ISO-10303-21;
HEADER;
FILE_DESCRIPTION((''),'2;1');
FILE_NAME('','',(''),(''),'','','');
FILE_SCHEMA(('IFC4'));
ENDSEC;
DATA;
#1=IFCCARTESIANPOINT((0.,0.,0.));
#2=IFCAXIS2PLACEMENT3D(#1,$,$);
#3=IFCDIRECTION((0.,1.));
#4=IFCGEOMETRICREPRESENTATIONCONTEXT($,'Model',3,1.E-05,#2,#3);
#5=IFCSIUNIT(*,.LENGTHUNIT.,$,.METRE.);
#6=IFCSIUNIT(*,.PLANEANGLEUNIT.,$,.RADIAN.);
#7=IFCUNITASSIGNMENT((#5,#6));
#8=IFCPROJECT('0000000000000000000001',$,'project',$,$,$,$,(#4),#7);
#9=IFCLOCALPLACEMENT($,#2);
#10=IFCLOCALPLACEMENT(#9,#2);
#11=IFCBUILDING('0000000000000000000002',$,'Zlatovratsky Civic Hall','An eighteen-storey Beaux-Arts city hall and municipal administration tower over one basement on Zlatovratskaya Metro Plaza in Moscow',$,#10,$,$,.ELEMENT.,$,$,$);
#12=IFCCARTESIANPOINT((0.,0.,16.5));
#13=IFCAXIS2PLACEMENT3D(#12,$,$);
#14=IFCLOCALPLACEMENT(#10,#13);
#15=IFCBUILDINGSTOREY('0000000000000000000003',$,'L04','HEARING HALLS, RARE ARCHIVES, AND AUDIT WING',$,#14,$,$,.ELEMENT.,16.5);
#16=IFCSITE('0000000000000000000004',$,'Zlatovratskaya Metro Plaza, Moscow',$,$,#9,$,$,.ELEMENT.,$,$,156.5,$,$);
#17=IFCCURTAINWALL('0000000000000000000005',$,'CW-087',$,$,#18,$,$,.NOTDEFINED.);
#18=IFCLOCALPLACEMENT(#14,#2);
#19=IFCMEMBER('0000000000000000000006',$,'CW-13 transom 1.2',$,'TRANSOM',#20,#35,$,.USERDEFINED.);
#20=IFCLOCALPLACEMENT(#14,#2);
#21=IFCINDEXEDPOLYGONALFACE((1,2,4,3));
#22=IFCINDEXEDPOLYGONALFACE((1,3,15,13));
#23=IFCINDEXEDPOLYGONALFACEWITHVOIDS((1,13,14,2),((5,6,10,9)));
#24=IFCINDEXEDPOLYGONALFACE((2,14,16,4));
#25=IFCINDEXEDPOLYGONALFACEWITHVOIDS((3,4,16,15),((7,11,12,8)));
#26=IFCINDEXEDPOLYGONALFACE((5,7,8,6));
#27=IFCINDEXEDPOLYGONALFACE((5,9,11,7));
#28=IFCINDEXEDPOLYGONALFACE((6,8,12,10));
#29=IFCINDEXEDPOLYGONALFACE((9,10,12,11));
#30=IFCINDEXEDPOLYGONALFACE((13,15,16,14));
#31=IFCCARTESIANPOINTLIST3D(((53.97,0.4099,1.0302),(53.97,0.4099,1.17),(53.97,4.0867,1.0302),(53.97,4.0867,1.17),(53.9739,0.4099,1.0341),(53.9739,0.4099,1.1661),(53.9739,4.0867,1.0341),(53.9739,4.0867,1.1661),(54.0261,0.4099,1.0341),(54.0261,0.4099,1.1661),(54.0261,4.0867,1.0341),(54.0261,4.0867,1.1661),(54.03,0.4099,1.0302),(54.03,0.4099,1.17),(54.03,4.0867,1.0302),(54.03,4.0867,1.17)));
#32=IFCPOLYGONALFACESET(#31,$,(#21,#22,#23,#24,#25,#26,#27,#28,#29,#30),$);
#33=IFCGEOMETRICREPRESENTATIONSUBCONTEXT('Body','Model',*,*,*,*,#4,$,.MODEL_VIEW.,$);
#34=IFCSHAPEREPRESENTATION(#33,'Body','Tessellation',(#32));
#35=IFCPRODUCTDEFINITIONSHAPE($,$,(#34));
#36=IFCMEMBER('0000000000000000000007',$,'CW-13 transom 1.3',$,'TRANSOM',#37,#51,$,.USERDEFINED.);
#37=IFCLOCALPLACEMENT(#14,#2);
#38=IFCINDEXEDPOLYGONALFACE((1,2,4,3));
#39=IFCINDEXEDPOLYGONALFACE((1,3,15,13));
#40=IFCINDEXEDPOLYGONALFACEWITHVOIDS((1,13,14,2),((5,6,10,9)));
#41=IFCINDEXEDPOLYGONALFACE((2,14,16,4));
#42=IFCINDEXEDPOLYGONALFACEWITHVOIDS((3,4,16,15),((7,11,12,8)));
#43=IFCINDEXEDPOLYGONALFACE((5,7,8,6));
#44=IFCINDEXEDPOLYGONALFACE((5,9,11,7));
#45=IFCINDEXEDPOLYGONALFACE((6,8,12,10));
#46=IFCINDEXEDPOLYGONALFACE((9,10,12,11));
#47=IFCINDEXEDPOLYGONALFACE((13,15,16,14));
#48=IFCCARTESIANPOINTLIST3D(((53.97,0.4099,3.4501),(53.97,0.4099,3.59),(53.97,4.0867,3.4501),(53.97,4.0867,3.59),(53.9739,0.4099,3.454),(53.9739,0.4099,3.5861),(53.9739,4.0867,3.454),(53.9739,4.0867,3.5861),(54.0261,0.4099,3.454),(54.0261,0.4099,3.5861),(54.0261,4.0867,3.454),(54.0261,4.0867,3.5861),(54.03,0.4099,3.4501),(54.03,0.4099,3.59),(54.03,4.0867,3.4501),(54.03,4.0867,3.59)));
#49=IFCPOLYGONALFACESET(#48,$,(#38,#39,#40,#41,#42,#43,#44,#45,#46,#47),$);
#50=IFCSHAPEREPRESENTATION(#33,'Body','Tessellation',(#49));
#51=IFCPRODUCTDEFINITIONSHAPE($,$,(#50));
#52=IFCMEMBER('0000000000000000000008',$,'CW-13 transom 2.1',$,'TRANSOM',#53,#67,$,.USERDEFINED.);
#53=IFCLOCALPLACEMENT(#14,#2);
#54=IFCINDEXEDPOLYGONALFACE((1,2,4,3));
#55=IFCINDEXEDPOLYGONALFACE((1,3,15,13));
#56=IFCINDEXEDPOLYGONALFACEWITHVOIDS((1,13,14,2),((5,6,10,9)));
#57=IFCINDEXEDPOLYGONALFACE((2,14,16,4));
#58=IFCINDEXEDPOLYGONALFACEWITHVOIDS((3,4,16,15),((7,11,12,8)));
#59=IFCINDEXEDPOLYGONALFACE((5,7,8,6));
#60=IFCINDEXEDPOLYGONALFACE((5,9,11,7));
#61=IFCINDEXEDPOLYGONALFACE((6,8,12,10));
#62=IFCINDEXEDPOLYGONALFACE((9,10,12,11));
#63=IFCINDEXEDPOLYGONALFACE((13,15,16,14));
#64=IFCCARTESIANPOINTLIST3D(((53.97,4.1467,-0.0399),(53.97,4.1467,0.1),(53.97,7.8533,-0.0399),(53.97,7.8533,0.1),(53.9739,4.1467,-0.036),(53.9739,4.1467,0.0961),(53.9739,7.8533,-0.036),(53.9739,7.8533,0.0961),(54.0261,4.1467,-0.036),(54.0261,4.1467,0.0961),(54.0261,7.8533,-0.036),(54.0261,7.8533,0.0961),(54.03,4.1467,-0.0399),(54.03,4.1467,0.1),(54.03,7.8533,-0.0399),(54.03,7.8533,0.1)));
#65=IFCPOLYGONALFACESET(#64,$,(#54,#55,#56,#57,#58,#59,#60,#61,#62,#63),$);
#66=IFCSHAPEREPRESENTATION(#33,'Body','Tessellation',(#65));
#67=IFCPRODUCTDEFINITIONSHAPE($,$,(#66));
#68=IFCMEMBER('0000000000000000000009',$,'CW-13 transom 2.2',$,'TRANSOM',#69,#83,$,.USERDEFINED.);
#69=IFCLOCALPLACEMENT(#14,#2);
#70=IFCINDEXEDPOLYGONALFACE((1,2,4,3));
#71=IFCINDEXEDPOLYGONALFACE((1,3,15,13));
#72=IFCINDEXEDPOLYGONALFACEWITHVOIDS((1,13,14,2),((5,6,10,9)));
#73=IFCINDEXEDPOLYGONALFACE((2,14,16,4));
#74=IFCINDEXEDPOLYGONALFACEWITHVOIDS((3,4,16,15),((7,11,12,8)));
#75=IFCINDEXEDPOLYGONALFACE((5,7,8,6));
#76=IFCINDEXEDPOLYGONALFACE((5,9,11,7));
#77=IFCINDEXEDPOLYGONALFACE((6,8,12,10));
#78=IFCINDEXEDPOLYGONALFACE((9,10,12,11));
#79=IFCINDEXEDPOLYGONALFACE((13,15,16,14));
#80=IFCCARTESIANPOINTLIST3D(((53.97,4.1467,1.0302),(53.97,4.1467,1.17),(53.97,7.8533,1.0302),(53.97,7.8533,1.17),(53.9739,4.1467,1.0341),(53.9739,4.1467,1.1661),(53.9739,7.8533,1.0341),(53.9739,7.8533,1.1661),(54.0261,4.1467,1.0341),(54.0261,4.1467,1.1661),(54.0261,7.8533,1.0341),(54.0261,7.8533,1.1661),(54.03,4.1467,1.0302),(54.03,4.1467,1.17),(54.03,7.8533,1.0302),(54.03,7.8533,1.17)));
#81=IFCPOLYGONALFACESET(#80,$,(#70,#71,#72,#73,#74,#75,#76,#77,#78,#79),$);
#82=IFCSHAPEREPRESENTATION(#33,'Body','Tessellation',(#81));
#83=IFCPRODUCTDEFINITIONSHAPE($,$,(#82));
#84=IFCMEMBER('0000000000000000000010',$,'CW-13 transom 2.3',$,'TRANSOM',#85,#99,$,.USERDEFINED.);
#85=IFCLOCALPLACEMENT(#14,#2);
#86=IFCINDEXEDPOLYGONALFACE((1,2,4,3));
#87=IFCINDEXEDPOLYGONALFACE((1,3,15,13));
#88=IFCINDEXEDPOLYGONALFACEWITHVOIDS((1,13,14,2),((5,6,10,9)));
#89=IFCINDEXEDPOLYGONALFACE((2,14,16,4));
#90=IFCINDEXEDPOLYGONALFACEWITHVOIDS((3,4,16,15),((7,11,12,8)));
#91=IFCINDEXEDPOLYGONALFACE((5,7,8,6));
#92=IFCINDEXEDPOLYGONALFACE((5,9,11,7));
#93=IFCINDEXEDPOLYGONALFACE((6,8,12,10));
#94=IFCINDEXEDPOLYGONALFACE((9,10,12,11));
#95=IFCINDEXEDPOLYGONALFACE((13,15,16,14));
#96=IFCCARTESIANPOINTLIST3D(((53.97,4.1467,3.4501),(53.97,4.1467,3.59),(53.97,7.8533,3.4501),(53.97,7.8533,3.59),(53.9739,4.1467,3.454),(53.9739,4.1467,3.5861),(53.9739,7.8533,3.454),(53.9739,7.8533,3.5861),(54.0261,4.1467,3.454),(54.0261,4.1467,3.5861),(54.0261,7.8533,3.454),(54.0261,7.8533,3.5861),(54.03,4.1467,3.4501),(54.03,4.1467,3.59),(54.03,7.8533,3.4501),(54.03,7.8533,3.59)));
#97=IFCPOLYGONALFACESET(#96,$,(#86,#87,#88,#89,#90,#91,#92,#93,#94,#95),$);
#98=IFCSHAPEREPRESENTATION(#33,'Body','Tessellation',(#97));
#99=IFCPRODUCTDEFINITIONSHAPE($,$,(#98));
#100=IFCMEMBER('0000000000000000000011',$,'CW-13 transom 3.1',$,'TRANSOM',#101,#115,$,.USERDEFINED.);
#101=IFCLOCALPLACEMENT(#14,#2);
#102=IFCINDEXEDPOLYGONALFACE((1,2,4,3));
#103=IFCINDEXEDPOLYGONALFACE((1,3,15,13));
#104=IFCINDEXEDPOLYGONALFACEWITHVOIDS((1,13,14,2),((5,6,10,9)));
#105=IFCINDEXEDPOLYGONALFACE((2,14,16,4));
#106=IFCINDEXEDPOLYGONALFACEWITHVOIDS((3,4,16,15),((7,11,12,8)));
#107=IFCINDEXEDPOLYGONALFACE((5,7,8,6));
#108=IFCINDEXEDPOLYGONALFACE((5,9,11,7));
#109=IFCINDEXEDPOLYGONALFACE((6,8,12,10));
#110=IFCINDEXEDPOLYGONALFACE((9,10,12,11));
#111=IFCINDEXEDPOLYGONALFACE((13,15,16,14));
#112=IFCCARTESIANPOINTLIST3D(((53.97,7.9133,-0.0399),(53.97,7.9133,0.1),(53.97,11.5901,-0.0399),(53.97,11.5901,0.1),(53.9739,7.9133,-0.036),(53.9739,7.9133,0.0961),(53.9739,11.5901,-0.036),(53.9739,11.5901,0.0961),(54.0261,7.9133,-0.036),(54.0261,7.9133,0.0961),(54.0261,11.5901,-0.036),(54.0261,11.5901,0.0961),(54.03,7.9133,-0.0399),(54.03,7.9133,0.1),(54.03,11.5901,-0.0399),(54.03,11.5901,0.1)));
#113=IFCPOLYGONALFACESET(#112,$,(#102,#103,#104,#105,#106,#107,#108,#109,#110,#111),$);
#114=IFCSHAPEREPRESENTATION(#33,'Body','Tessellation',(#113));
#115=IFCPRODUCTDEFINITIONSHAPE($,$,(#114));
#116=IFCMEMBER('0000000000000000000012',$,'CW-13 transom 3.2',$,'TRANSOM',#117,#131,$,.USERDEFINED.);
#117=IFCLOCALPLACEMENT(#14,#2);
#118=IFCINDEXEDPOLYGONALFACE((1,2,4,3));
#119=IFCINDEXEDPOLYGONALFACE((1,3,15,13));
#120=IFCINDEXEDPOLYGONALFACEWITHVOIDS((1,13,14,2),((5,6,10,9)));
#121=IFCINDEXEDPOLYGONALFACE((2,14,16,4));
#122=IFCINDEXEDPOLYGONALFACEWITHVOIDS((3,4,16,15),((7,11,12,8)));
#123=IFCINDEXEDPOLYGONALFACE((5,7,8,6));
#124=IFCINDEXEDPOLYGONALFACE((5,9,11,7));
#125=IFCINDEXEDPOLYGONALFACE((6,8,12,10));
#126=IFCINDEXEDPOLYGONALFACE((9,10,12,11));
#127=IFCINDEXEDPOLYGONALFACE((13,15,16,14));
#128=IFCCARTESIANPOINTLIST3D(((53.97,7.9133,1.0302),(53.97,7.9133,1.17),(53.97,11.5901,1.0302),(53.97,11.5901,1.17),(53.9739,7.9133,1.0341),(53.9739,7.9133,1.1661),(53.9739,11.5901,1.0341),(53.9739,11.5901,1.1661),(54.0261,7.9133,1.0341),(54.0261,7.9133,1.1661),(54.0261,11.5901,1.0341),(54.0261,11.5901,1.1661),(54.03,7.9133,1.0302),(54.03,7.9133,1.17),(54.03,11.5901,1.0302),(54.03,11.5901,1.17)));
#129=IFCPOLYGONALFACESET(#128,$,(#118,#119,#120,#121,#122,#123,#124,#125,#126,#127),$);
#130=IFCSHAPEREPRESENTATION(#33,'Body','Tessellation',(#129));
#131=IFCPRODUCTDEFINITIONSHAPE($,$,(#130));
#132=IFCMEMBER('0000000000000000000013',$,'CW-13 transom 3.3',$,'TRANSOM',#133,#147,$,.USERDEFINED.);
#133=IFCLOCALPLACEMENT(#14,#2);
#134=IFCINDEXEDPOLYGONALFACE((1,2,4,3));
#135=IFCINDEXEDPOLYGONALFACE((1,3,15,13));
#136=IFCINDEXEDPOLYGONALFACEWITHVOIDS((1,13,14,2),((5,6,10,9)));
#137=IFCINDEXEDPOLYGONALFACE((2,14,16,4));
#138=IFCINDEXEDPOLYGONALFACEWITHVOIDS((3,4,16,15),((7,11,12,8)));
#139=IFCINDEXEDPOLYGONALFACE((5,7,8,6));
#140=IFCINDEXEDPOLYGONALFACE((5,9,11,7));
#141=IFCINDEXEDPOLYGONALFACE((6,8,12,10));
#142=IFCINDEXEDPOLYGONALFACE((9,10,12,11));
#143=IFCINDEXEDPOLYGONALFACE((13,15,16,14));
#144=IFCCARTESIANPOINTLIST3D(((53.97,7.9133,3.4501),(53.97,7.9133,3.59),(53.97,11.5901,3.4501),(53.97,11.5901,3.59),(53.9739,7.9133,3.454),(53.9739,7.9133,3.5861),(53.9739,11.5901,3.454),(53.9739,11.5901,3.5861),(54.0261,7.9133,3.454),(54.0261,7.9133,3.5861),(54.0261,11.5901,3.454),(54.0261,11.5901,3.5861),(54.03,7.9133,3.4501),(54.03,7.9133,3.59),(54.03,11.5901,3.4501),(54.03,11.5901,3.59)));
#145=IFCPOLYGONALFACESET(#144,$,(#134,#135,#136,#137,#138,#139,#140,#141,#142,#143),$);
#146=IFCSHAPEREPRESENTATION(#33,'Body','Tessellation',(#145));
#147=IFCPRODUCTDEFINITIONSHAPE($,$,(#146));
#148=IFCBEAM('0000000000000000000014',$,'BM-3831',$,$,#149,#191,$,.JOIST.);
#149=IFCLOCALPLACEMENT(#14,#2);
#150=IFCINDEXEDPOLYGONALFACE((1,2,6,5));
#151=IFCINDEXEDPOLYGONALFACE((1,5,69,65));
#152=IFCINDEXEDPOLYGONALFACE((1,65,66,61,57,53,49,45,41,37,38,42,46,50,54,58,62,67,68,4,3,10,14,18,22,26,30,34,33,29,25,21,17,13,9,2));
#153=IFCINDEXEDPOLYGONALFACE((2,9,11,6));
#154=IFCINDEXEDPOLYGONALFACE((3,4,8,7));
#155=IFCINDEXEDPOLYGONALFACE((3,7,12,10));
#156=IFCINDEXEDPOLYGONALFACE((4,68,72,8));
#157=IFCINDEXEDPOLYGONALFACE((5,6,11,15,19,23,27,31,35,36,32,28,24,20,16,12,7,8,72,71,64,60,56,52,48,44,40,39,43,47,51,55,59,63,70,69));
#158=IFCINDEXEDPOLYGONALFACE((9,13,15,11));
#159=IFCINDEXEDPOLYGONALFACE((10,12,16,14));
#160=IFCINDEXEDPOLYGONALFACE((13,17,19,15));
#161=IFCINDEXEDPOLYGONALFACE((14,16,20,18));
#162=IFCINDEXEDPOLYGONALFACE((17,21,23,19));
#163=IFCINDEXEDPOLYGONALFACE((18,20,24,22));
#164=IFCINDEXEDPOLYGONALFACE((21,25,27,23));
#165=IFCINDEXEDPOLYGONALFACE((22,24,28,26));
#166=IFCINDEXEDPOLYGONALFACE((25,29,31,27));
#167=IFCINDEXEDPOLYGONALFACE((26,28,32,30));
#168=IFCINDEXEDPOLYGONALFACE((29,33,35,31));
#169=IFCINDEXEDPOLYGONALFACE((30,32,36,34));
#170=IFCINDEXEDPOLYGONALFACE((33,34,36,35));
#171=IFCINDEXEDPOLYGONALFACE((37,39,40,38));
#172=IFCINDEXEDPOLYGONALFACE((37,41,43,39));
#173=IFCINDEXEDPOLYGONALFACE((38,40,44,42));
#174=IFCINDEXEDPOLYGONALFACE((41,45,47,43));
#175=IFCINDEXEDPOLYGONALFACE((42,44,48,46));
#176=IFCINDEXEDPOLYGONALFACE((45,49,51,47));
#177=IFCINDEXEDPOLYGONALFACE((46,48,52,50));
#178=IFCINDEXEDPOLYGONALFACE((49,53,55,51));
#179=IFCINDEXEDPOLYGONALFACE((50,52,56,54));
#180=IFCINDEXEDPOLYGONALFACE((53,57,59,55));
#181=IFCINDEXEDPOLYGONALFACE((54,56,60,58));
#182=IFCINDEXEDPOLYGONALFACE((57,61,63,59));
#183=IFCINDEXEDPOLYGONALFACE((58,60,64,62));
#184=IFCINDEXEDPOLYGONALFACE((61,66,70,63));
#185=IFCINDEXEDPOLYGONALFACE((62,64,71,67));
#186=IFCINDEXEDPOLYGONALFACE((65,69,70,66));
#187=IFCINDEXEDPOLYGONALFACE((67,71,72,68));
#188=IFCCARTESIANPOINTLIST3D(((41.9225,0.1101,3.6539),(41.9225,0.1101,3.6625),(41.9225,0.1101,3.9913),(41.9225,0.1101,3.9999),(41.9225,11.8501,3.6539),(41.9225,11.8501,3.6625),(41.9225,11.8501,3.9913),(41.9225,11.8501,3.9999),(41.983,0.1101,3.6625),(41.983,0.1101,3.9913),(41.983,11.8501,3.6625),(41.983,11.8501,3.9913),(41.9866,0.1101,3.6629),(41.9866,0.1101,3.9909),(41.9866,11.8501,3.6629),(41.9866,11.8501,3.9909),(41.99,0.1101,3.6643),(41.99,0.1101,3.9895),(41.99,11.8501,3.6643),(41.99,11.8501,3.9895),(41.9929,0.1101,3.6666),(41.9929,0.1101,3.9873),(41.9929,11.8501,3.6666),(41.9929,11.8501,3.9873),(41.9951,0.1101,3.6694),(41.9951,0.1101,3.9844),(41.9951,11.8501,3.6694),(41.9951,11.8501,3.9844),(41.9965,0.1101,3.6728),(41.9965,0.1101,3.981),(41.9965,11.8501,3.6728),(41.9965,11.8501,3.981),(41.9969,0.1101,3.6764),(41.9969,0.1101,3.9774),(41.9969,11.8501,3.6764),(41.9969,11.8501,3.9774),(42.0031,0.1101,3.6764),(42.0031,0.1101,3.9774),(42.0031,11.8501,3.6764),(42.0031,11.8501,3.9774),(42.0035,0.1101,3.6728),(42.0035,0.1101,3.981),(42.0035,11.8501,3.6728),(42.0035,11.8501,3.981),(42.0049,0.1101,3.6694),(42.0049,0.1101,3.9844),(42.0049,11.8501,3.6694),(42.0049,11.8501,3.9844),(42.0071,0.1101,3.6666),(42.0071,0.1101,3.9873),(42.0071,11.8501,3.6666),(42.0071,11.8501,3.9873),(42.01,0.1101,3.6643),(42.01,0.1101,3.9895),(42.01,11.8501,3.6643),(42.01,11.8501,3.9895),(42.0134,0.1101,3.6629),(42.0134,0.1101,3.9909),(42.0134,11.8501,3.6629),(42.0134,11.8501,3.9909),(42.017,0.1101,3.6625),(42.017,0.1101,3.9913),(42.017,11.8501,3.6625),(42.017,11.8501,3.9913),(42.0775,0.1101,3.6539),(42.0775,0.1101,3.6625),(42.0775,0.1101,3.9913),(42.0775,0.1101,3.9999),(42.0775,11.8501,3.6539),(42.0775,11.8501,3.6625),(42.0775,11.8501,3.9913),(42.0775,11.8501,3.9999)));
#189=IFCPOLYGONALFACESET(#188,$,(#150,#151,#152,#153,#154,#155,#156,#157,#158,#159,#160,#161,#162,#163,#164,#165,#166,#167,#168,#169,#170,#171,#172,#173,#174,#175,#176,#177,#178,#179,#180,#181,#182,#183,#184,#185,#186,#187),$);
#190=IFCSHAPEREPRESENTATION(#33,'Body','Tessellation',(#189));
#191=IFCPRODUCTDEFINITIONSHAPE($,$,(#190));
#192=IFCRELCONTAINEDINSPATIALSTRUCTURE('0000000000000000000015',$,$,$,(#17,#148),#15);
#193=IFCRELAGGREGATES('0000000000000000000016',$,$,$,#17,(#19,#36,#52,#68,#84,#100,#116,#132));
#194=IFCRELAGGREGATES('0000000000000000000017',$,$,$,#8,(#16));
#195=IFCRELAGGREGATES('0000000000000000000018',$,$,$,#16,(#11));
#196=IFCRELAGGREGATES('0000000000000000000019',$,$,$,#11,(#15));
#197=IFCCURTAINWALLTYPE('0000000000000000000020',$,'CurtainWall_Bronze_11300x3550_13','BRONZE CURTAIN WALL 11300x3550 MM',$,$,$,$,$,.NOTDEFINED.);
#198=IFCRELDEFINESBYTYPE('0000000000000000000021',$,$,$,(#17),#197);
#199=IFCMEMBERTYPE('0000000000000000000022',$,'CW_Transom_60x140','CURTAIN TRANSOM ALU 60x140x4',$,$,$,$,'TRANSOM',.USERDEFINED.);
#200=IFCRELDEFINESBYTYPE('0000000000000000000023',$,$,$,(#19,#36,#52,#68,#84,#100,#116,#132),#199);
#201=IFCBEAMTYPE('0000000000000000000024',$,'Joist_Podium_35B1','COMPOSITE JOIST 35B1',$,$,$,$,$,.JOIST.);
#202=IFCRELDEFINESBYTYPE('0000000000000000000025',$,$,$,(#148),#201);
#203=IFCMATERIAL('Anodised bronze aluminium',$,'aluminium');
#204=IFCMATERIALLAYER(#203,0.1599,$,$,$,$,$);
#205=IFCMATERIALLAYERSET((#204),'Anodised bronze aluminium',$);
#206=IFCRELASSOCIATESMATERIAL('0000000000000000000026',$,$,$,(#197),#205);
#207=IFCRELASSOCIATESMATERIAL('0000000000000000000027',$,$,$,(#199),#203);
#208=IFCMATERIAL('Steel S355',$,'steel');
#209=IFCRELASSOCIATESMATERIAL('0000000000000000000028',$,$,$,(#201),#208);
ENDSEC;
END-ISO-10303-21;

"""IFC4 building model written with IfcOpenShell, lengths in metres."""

from ifc_helpers import new_model, si_unit, direction, frame, origin, origin_2d, place, context, subcontext, project, spatial, hollow_rectangle, i_section, extrude, material, layer, layer_set, material_profile, profile_set, type_object, element, aggregate, save


model = new_model("IFC4")

# Units and contexts
model_context = context("Model", 3, precision=1e-05, world=origin(), true_north=direction((0.0, 1.0)))
body_context = subcontext(model_context, "Body", "Model", "MODEL_VIEW")
ifc_project = project(units=[si_unit("LENGTHUNIT", "METRE"), si_unit("PLANEANGLEUNIT", "RADIAN")], contexts=[model_context])

# Site, building, storey
site_placement = place(None, origin())
site = spatial("IfcSite", under=ifc_project, at=site_placement, Name="Zlatovratskaya Metro Plaza, Moscow", CompositionType="ELEMENT", RefElevation=156.5)
building_placement = place(site_placement, origin())
building = spatial("IfcBuilding", under=site, at=building_placement, Name="Zlatovratsky Civic Hall", Description="An eighteen-storey Beaux-Arts city hall and municipal administration tower over one basement on Zlatovratskaya Metro Plaza in Moscow", CompositionType="ELEMENT")
storey_placement = place(building_placement, frame((0.0, 0.0, 16.5)))
storey = spatial("IfcBuildingStorey", under=building, at=storey_placement, Name="L04", Description="HEARING HALLS, RARE ARCHIVES, AND AUDIT WING", CompositionType="ELEMENT", Elevation=16.5)

# Shared definitions
ifc_material_1 = material(Name="Steel S355", Category="steel")

# Curtain wall, members
ifc_material_2 = material(Name="Anodised bronze aluminium", Category="aluminium")
ifc_layer_1 = layer(ifc_material_2, 0.1599)
ifc_layer_set_1 = layer_set([ifc_layer_1], Name="Anodised bronze aluminium")
curtain_wall_type = type_object("IfcCurtainWallType", Name="CurtainWall_Bronze_11300x3550_13", Description="BRONZE CURTAIN WALL 11300x3550 MM", PredefinedType="NOTDEFINED", material=ifc_layer_set_1)
curtain_wall_placement = place(storey_placement, origin())
curtain_wall = element("IfcCurtainWall", 1, at=curtain_wall_placement, inside=storey, type_object=curtain_wall_type, Name="CW-087", PredefinedType="NOTDEFINED")
ifc_material_profile_1 = material_profile(ifc_material_2, hollow_rectangle(XDim=0.0601, YDim=0.1399, WallThickness=0.0039, at=origin_2d()), Name="ALU 60x140x4")
ifc_profile_set_1 = profile_set([ifc_material_profile_1], Name="Anodised bronze aluminium")
member_type_1 = type_object("IfcMemberType", Name="CW_Transom_60x140", Description="CURTAIN TRANSOM ALU 60x140x4", ElementType="TRANSOM", PredefinedType="USERDEFINED", material=ifc_profile_set_1)
member_1_placement = place(storey_placement, frame((54.0, 0.4099, 1.1001), z_axis=(0.0, 1.0, 0.0), x_axis=(-1.0, 0.0, 0.0)))
member_1 = element("IfcMember", 2, at=member_1_placement, type_object=member_type_1, Name="CW-13 transom 1.2", ObjectType="TRANSOM", PredefinedType="USERDEFINED", context=body_context, shape_type="SweptSolid", body=[
    extrude(hollow_rectangle(XDim=0.0601, YDim=0.1399, WallThickness=0.0039, at=origin_2d()), origin(), (0.0, 0.0, 1.0), 3.6768),
])
member_2_placement = place(storey_placement, frame((54.0, 0.4099, 3.52), z_axis=(0.0, 1.0, 0.0), x_axis=(-1.0, 0.0, 0.0)))
member_2 = element("IfcMember", 3, at=member_2_placement, type_object=member_type_1, Name="CW-13 transom 1.3", ObjectType="TRANSOM", PredefinedType="USERDEFINED", context=body_context, shape_type="SweptSolid", body=[
    extrude(hollow_rectangle(XDim=0.0601, YDim=0.1399, WallThickness=0.0039, at=origin_2d()), origin(), (0.0, 0.0, 1.0), 3.6768),
])
member_3_placement = place(storey_placement, frame((54.0, 4.1467, 0.03), z_axis=(0.0, 1.0, 0.0), x_axis=(-1.0, 0.0, 0.0)))
member_3 = element("IfcMember", 4, at=member_3_placement, type_object=member_type_1, Name="CW-13 transom 2.1", ObjectType="TRANSOM", PredefinedType="USERDEFINED", context=body_context, shape_type="SweptSolid", body=[
    extrude(hollow_rectangle(XDim=0.0601, YDim=0.1399, WallThickness=0.0039, at=origin_2d()), origin(), (0.0, 0.0, 1.0), 3.7065),
])
member_4_placement = place(storey_placement, frame((54.0, 4.1467, 1.1001), z_axis=(0.0, 1.0, 0.0), x_axis=(-1.0, 0.0, 0.0)))
member_4 = element("IfcMember", 5, at=member_4_placement, type_object=member_type_1, Name="CW-13 transom 2.2", ObjectType="TRANSOM", PredefinedType="USERDEFINED", context=body_context, shape_type="SweptSolid", body=[
    extrude(hollow_rectangle(XDim=0.0601, YDim=0.1399, WallThickness=0.0039, at=origin_2d()), origin(), (0.0, 0.0, 1.0), 3.7065),
])
member_5_placement = place(storey_placement, frame((54.0, 4.1467, 3.52), z_axis=(0.0, 1.0, 0.0), x_axis=(-1.0, 0.0, 0.0)))
member_5 = element("IfcMember", 6, at=member_5_placement, type_object=member_type_1, Name="CW-13 transom 2.3", ObjectType="TRANSOM", PredefinedType="USERDEFINED", context=body_context, shape_type="SweptSolid", body=[
    extrude(hollow_rectangle(XDim=0.0601, YDim=0.1399, WallThickness=0.0039, at=origin_2d()), origin(), (0.0, 0.0, 1.0), 3.7065),
])
member_6_placement = place(storey_placement, frame((54.0, 7.9133, 0.03), z_axis=(0.0, 1.0, 0.0), x_axis=(-1.0, 0.0, 0.0)))
member_6 = element("IfcMember", 7, at=member_6_placement, type_object=member_type_1, Name="CW-13 transom 3.1", ObjectType="TRANSOM", PredefinedType="USERDEFINED", context=body_context, shape_type="SweptSolid", body=[
    extrude(hollow_rectangle(XDim=0.0601, YDim=0.1399, WallThickness=0.0039, at=origin_2d()), origin(), (0.0, 0.0, 1.0), 3.6768),
])
member_7_placement = place(storey_placement, frame((54.0, 7.9133, 1.1001), z_axis=(0.0, 1.0, 0.0), x_axis=(-1.0, 0.0, 0.0)))
member_7 = element("IfcMember", 8, at=member_7_placement, type_object=member_type_1, Name="CW-13 transom 3.2", ObjectType="TRANSOM", PredefinedType="USERDEFINED", context=body_context, shape_type="SweptSolid", body=[
    extrude(hollow_rectangle(XDim=0.0601, YDim=0.1399, WallThickness=0.0039, at=origin_2d()), origin(), (0.0, 0.0, 1.0), 3.6768),
])
member_8_placement = place(storey_placement, frame((54.0, 7.9133, 3.52), z_axis=(0.0, 1.0, 0.0), x_axis=(-1.0, 0.0, 0.0)))
member_8 = element("IfcMember", 9, at=member_8_placement, type_object=member_type_1, Name="CW-13 transom 3.3", ObjectType="TRANSOM", PredefinedType="USERDEFINED", context=body_context, shape_type="SweptSolid", body=[
    extrude(hollow_rectangle(XDim=0.0601, YDim=0.1399, WallThickness=0.0039, at=origin_2d()), origin(), (0.0, 0.0, 1.0), 3.6768),
])

# Beam
ifc_material_profile_2 = material_profile(ifc_material_1, i_section(OverallWidth=0.155, OverallDepth=0.3459, WebThickness=0.0061, FlangeThickness=0.0085, FilletRadius=0.0139, at=origin_2d()), Name="35B1")
ifc_profile_set_2 = profile_set([ifc_material_profile_2], Name="Steel S355")
beam_type_1 = type_object("IfcBeamType", Name="Joist_Podium_35B1", Description="COMPOSITE JOIST 35B1", PredefinedType="JOIST", material=ifc_profile_set_2)
beam_1_placement = place(storey_placement, frame((42.0, 0.1101, 3.8269), z_axis=(0.0, 1.0, 0.0), x_axis=(-1.0, 0.0, 0.0)))
element("IfcBeam", 10, at=beam_1_placement, inside=storey, type_object=beam_type_1, Name="BM-3831", PredefinedType="JOIST", context=body_context, shape_type="SweptSolid", body=[
    extrude(i_section(OverallWidth=0.155, OverallDepth=0.3459, WebThickness=0.0061, FlangeThickness=0.0085, FilletRadius=0.0139, at=origin_2d()), origin(), (0.0, 0.0, 1.0), 11.74),
])

aggregate(curtain_wall, [member_1, member_2, member_3, member_4, member_5, member_6, member_7, member_8])

save(model, "model.ifc")
